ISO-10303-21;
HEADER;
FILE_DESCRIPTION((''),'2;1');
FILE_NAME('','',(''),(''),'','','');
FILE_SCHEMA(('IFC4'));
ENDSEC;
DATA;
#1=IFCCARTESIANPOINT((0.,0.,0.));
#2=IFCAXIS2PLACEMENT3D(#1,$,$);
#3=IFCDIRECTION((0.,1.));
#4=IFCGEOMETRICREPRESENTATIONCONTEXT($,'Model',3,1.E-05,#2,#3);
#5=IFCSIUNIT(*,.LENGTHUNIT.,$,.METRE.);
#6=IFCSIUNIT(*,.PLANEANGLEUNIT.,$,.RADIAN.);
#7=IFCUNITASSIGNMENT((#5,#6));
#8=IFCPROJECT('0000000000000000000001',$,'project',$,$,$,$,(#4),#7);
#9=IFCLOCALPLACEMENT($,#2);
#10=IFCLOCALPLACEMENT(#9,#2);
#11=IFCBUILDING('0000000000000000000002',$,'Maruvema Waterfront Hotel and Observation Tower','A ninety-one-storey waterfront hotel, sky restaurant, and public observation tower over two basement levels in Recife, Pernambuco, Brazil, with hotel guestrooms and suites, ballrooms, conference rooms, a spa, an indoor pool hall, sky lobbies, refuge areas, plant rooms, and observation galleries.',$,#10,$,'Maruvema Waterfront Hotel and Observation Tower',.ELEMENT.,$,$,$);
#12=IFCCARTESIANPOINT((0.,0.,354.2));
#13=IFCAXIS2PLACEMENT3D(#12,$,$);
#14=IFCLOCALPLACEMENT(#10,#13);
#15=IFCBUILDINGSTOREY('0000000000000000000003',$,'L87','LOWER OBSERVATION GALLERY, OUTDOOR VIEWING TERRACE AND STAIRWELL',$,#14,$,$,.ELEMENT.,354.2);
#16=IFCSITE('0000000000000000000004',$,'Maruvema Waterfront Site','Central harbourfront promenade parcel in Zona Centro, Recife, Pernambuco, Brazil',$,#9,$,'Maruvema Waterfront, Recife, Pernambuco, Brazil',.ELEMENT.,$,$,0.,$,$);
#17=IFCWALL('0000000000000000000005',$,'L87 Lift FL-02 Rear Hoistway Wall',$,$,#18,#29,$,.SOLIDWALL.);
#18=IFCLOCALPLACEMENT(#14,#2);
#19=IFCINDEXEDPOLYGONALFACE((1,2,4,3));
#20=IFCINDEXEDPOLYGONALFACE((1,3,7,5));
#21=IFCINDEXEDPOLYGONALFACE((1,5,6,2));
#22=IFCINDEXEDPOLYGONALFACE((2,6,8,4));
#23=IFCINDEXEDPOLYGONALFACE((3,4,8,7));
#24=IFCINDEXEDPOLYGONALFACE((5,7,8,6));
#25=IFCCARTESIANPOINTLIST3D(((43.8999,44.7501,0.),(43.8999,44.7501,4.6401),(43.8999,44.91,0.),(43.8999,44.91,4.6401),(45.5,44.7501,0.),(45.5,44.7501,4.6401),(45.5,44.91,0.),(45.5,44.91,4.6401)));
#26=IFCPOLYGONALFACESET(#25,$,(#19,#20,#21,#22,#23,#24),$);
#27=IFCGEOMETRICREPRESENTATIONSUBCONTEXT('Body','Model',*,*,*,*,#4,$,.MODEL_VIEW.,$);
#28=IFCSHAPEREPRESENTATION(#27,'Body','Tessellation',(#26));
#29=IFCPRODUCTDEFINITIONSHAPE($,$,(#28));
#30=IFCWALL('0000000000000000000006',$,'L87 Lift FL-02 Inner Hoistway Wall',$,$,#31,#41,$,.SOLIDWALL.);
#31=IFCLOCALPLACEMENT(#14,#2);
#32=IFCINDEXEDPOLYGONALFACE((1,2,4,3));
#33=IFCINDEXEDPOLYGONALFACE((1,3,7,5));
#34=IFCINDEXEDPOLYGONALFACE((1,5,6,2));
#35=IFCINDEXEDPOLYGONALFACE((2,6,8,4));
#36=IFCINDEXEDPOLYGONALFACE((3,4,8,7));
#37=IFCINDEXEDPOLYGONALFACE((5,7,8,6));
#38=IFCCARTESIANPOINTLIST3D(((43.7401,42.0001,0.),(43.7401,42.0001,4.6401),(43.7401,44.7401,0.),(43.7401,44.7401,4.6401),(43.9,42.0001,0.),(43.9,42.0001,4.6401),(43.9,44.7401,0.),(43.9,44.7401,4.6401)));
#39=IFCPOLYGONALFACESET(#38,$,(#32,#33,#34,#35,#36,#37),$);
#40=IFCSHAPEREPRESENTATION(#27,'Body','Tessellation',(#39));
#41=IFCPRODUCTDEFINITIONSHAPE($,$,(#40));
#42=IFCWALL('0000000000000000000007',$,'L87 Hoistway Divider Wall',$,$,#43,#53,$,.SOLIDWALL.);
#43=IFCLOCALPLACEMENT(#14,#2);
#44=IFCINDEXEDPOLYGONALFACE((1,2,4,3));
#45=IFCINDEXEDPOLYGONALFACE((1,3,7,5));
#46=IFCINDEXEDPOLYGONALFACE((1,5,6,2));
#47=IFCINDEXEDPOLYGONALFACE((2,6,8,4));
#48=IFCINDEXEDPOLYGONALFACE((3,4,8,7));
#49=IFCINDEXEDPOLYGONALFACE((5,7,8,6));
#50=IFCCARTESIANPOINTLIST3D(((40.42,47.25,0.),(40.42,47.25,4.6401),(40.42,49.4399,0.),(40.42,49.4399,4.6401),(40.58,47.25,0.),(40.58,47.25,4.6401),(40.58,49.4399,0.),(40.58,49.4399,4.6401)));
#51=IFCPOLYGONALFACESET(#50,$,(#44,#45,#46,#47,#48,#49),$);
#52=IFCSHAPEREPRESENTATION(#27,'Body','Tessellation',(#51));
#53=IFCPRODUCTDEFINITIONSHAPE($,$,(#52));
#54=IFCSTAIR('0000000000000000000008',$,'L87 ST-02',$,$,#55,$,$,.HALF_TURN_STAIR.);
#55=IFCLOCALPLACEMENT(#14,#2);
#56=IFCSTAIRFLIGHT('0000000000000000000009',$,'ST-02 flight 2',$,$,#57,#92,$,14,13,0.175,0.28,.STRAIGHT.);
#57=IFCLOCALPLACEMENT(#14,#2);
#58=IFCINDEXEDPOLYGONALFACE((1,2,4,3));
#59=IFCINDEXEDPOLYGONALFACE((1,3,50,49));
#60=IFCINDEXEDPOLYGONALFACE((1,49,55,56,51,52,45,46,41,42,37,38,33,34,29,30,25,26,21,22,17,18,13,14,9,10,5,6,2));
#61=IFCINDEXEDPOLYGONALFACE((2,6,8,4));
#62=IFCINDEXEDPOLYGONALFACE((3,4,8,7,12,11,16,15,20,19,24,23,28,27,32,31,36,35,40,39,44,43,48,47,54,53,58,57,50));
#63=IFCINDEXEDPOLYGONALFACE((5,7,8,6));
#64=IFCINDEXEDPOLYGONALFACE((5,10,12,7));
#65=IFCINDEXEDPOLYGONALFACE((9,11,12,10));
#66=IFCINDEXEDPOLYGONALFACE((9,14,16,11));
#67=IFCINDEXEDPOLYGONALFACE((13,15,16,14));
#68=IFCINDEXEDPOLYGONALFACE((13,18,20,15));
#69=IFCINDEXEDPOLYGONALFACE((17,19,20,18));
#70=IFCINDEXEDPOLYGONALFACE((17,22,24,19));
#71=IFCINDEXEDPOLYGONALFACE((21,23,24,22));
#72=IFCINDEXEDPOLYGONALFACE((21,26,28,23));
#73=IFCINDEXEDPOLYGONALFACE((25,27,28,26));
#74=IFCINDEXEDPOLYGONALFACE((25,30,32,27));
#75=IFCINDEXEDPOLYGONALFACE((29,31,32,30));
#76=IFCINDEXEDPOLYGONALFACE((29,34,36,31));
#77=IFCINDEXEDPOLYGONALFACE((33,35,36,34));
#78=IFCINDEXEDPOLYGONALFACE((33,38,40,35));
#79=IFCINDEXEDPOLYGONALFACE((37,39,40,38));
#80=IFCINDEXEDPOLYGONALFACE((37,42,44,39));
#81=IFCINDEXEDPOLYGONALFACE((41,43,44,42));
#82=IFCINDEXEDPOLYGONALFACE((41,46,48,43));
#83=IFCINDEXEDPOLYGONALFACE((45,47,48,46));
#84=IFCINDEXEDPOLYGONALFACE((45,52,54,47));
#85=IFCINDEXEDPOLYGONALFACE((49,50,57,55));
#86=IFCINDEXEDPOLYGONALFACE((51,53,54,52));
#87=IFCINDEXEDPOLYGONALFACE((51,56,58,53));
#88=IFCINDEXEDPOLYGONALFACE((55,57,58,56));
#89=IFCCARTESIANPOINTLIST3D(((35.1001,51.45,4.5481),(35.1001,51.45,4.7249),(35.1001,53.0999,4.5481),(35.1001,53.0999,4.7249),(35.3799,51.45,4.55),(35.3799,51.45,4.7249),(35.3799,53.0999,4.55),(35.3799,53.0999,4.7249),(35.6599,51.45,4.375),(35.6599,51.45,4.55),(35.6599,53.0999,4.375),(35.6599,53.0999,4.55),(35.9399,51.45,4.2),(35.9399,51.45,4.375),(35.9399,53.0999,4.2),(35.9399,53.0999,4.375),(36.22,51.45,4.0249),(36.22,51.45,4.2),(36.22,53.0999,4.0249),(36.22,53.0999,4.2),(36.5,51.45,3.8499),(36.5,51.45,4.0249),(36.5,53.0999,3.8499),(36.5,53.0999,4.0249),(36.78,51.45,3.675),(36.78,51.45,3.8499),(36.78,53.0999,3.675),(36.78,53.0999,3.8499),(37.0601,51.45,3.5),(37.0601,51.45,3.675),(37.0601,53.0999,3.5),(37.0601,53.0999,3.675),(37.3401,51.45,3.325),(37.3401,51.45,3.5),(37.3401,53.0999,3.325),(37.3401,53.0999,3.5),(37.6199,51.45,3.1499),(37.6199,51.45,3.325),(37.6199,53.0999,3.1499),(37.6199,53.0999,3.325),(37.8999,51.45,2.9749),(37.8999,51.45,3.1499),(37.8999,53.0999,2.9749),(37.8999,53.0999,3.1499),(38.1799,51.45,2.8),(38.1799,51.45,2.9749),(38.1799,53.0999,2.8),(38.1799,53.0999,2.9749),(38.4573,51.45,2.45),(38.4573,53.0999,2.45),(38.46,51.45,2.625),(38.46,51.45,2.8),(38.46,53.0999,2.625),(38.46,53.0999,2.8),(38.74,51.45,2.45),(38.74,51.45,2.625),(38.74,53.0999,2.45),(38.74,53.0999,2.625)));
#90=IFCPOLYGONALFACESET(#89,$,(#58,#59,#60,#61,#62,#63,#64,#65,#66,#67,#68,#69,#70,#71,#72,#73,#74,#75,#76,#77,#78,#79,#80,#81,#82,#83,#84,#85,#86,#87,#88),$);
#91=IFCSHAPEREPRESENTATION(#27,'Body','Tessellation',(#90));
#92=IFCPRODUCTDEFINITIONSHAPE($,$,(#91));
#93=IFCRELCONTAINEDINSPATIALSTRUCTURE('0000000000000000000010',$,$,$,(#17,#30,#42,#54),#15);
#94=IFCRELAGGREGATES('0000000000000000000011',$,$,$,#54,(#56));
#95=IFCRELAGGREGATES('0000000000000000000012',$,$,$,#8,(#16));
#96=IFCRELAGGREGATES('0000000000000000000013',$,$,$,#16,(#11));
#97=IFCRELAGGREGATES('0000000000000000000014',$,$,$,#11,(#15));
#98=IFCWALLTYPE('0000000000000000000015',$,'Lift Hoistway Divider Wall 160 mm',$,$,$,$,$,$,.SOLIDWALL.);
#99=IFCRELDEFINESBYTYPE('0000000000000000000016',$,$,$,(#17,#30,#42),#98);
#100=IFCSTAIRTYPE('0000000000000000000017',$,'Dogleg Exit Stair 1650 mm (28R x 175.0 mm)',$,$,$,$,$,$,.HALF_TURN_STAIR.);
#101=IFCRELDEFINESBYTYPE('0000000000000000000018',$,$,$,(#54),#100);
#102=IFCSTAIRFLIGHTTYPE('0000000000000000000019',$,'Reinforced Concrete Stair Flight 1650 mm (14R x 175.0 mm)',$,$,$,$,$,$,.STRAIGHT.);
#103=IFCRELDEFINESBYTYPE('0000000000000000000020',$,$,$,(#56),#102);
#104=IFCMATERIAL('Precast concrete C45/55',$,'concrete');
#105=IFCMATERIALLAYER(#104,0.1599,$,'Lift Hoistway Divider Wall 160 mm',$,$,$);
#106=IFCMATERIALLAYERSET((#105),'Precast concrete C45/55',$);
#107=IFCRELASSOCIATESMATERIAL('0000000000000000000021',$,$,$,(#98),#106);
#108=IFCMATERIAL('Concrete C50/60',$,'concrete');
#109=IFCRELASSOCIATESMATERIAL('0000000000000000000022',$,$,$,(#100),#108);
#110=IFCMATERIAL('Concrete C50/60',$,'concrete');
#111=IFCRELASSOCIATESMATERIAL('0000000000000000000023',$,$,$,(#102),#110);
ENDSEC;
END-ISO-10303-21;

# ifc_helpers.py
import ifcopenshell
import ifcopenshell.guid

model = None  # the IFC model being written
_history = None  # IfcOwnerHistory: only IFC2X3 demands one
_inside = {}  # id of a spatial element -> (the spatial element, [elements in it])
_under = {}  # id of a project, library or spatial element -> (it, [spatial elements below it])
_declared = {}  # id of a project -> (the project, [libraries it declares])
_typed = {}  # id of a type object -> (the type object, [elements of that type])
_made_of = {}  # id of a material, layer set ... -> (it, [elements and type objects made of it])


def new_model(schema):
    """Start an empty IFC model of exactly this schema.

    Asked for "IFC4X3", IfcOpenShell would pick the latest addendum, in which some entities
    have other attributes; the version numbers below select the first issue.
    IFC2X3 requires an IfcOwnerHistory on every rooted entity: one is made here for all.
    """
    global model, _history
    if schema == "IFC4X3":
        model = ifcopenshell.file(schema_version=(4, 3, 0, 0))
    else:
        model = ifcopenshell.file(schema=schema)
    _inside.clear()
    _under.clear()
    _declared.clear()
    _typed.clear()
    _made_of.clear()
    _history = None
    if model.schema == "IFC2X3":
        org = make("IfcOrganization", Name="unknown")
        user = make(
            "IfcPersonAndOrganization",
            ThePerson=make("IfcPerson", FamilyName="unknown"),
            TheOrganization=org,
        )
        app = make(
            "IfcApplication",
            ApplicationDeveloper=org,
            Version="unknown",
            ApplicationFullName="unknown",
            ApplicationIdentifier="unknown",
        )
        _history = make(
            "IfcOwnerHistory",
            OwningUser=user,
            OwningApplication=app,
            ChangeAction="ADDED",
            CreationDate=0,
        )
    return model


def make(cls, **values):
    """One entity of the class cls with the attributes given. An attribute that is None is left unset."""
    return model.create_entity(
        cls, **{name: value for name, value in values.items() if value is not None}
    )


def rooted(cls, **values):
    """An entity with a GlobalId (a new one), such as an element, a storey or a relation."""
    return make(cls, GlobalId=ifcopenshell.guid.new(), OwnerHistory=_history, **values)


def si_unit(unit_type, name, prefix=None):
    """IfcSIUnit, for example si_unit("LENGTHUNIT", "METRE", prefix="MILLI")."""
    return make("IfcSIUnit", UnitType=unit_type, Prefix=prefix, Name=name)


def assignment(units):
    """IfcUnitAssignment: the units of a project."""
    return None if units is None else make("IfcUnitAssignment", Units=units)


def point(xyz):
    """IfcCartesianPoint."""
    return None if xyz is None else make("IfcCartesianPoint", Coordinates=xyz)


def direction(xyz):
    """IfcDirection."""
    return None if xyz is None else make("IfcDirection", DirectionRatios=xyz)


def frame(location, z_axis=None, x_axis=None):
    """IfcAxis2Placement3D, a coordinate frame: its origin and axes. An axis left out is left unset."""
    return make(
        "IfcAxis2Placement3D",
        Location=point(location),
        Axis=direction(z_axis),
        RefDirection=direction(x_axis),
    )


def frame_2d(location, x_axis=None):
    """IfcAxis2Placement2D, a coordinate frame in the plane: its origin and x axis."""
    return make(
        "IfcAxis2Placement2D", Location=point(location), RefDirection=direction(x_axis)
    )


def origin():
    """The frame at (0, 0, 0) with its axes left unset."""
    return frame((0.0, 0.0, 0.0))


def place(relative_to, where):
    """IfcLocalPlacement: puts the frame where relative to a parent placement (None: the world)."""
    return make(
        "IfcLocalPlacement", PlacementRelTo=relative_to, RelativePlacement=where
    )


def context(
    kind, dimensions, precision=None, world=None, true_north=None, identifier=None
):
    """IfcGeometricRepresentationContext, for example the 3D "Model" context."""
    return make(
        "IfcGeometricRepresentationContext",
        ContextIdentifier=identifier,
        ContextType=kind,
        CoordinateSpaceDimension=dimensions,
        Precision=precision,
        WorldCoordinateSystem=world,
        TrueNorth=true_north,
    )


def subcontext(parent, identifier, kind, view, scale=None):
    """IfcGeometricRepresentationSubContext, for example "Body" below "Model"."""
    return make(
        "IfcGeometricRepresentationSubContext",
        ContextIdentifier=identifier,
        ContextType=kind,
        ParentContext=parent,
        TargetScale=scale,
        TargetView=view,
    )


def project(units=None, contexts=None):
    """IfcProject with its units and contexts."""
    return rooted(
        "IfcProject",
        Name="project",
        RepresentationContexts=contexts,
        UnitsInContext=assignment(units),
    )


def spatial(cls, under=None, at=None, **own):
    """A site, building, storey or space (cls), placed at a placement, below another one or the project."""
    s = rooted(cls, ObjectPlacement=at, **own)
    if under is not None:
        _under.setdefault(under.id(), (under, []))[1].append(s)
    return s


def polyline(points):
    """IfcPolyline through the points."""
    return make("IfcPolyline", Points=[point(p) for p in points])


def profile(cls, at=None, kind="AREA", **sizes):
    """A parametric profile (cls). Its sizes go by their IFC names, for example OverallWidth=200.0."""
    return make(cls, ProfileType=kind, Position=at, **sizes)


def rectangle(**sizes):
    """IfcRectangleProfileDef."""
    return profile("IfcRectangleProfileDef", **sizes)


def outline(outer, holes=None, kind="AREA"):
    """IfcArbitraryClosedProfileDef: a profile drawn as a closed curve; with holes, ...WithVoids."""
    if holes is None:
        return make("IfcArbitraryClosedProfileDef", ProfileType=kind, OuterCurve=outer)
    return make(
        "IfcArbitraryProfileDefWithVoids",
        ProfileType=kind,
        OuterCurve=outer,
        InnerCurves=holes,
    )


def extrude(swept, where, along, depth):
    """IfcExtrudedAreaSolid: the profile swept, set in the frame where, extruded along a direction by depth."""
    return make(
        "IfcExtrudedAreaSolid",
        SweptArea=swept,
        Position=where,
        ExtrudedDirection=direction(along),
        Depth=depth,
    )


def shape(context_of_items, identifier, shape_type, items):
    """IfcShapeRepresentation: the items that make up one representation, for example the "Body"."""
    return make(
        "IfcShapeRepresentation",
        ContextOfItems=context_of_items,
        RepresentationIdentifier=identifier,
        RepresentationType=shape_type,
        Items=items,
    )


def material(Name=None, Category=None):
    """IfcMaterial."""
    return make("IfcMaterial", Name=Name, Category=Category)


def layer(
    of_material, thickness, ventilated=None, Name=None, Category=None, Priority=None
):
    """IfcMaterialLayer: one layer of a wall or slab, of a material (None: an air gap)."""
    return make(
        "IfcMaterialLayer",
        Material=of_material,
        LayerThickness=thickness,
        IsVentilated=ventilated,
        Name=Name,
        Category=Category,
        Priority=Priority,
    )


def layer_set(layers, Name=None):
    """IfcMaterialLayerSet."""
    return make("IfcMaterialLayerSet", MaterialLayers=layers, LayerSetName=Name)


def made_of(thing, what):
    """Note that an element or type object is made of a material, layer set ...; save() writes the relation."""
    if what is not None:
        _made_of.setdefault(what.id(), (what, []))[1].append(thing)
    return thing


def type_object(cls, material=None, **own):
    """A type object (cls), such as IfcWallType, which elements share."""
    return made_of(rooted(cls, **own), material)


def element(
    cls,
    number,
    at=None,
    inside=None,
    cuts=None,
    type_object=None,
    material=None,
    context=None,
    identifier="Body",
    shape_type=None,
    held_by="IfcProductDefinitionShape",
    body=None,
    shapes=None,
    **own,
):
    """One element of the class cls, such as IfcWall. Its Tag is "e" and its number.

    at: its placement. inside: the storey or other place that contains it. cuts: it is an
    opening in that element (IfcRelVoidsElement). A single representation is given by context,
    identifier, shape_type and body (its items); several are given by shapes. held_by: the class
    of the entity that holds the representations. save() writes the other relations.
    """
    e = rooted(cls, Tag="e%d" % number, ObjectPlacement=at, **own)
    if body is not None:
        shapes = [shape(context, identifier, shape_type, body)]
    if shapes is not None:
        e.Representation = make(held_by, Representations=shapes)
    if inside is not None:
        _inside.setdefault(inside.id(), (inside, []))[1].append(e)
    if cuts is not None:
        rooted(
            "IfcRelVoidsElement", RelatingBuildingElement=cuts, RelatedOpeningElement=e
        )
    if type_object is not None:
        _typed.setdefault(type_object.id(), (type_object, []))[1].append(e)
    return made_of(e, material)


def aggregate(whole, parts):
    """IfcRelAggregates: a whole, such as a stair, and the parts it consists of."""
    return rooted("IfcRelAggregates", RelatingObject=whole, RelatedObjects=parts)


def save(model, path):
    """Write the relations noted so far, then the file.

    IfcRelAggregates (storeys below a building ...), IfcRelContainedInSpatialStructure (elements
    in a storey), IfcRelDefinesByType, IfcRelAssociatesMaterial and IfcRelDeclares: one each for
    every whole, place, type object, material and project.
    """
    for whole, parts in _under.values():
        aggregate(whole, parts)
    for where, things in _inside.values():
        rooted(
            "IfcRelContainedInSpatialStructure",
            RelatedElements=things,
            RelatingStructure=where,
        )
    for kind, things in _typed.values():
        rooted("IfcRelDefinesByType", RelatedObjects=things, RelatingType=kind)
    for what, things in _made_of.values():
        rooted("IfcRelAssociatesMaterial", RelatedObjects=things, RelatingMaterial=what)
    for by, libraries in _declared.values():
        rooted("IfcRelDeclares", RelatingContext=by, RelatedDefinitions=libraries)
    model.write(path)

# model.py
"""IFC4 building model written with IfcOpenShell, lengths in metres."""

from ifc_helpers import new_model, si_unit, direction, frame, frame_2d, origin, place, context, subcontext, project, spatial, polyline, rectangle, outline, extrude, material, layer, layer_set, type_object, element, aggregate, save


model = new_model("IFC4")

# Units and contexts
model_context = context("Model", 3, precision=1e-05, world=origin(), true_north=direction((0.0, 1.0)))
body_context = subcontext(model_context, "Body", "Model", "MODEL_VIEW")
ifc_project = project(units=[si_unit("LENGTHUNIT", "METRE"), si_unit("PLANEANGLEUNIT", "RADIAN")], contexts=[model_context])

# Site, building, storey
site_placement = place(None, origin())
site = spatial("IfcSite", under=ifc_project, at=site_placement, Name="Maruvema Waterfront Site", Description="Central harbourfront promenade parcel in Zona Centro, Recife, Pernambuco, Brazil", LongName="Maruvema Waterfront, Recife, Pernambuco, Brazil", CompositionType="ELEMENT", RefElevation=0.0)
building_placement = place(site_placement, origin())
building = spatial("IfcBuilding", under=site, at=building_placement, Name="Maruvema Waterfront Hotel and Observation Tower", Description="A ninety-one-storey waterfront hotel, sky restaurant, and public observation tower over two basement levels in Recife, Pernambuco, Brazil, with hotel guestrooms and suites, ballrooms, conference rooms, a spa, an indoor pool hall, sky lobbies, refuge areas, plant rooms, and observation galleries.", LongName="Maruvema Waterfront Hotel and Observation Tower", CompositionType="ELEMENT")
storey_placement = place(building_placement, frame((0.0, 0.0, 354.2)))
storey = spatial("IfcBuildingStorey", under=building, at=storey_placement, Name="L87", Description="LOWER OBSERVATION GALLERY, OUTDOOR VIEWING TERRACE AND STAIRWELL", CompositionType="ELEMENT", Elevation=354.2)

# Walls
ifc_material_1 = material(Name="Precast concrete C45/55", Category="concrete")
ifc_layer_1 = layer(ifc_material_1, 0.1599, Name="Lift Hoistway Divider Wall 160 mm")
ifc_layer_set_1 = layer_set([ifc_layer_1], Name="Precast concrete C45/55")
wall_type_1 = type_object("IfcWallType", Name="Lift Hoistway Divider Wall 160 mm", PredefinedType="SOLIDWALL", material=ifc_layer_set_1)
wall_1_placement = place(storey_placement, frame((43.8999, 44.8301, 0.0), z_axis=(0.0, 0.0, 1.0), x_axis=(1.0, 0.0, 0.0)))
element("IfcWall", 1, at=wall_1_placement, inside=storey, type_object=wall_type_1, Name="L87 Lift FL-02 Rear Hoistway Wall", PredefinedType="SOLIDWALL", context=body_context, shape_type="SweptSolid", body=[
    extrude(rectangle(XDim=1.6001, YDim=0.1599, at=frame_2d((0.8, 0.0))), origin(), (0.0, 0.0, 1.0), 4.6401),
])
wall_2_placement = place(storey_placement, frame((43.8201, 42.0, 0.0), z_axis=(0.0, 0.0, 1.0), x_axis=(0.0, 1.0, 0.0)))
element("IfcWall", 2, at=wall_2_placement, inside=storey, type_object=wall_type_1, Name="L87 Lift FL-02 Inner Hoistway Wall", PredefinedType="SOLIDWALL", context=body_context, shape_type="SweptSolid", body=[
    extrude(rectangle(XDim=2.74, YDim=0.1599, at=frame_2d((1.3701, 0.0))), origin(), (0.0, 0.0, 1.0), 4.6401),
])
wall_3_placement = place(storey_placement, frame((40.5, 47.25, 0.0), z_axis=(0.0, 0.0, 1.0), x_axis=(0.0, 1.0, 0.0)))
element("IfcWall", 3, at=wall_3_placement, inside=storey, type_object=wall_type_1, Name="L87 Hoistway Divider Wall", PredefinedType="SOLIDWALL", context=body_context, shape_type="SweptSolid", body=[
    extrude(rectangle(XDim=2.1899, YDim=0.1599, at=frame_2d((1.095, 0.0))), origin(), (0.0, 0.0, 1.0), 4.6401),
])

# Stair, stair flight
ifc_material_2 = material(Name="Concrete C50/60", Category="concrete")
stair_type = type_object("IfcStairType", Name="Dogleg Exit Stair 1650 mm (28R x 175.0 mm)", PredefinedType="HALF_TURN_STAIR", material=ifc_material_2)
stair_placement = place(storey_placement, origin())
stair = element("IfcStair", 4, at=stair_placement, inside=storey, type_object=stair_type, Name="L87 ST-02", PredefinedType="HALF_TURN_STAIR")
ifc_material_3 = material(Name="Concrete C50/60", Category="concrete")
stair_flight_type = type_object("IfcStairFlightType", Name="Reinforced Concrete Stair Flight 1650 mm (14R x 175.0 mm)", PredefinedType="STRAIGHT", material=ifc_material_3)
stair_flight_placement = place(storey_placement, frame((38.74, 52.2749, 2.45), z_axis=(0.0, 0.0, 1.0), x_axis=(-1.0, 0.0, 0.0)))
stair_flight = element("IfcStairFlight", 5, at=stair_flight_placement, type_object=stair_flight_type, Name="ST-02 flight 2", NumberOfRisers=14, NumberOfTreads=13, PredefinedType="STRAIGHT", RiserHeight=0.175, TreadLength=0.28, context=body_context, shape_type="SweptSolid", body=[
    extrude(outline(polyline([(0.0, 0.0), (0.0, 0.175), (0.28, 0.175), (0.28, 0.3501), (0.5601, 0.3501), (0.5601, 0.5249), (0.8401, 0.5249), (0.8401, 0.7), (1.1201, 0.7), (1.1201, 0.875), (1.3999, 0.875), (1.3999, 1.05), (1.6799, 1.05), (1.6799, 1.2251), (1.96, 1.2251), (1.96, 1.3999), (2.24, 1.3999), (2.24, 1.575), (2.52, 1.575), (2.52, 1.75), (2.8, 1.75), (2.8, 1.925), (3.0801, 1.925), (3.0801, 2.1001), (3.3601, 2.1001), (3.3601, 2.2749), (3.6399, 2.2749), (3.6399, 2.45), (3.6399, 2.0981), (0.2827, 0.0), (0.0, 0.0)])), frame((0.0, 0.825, 0.0), z_axis=(0.0, -1.0, 0.0), x_axis=(1.0, 0.0, 0.0)), (0.0, 0.0, 1.0), 1.6499),
])
aggregate(stair, [stair_flight])

save(model, "model.ifc")
